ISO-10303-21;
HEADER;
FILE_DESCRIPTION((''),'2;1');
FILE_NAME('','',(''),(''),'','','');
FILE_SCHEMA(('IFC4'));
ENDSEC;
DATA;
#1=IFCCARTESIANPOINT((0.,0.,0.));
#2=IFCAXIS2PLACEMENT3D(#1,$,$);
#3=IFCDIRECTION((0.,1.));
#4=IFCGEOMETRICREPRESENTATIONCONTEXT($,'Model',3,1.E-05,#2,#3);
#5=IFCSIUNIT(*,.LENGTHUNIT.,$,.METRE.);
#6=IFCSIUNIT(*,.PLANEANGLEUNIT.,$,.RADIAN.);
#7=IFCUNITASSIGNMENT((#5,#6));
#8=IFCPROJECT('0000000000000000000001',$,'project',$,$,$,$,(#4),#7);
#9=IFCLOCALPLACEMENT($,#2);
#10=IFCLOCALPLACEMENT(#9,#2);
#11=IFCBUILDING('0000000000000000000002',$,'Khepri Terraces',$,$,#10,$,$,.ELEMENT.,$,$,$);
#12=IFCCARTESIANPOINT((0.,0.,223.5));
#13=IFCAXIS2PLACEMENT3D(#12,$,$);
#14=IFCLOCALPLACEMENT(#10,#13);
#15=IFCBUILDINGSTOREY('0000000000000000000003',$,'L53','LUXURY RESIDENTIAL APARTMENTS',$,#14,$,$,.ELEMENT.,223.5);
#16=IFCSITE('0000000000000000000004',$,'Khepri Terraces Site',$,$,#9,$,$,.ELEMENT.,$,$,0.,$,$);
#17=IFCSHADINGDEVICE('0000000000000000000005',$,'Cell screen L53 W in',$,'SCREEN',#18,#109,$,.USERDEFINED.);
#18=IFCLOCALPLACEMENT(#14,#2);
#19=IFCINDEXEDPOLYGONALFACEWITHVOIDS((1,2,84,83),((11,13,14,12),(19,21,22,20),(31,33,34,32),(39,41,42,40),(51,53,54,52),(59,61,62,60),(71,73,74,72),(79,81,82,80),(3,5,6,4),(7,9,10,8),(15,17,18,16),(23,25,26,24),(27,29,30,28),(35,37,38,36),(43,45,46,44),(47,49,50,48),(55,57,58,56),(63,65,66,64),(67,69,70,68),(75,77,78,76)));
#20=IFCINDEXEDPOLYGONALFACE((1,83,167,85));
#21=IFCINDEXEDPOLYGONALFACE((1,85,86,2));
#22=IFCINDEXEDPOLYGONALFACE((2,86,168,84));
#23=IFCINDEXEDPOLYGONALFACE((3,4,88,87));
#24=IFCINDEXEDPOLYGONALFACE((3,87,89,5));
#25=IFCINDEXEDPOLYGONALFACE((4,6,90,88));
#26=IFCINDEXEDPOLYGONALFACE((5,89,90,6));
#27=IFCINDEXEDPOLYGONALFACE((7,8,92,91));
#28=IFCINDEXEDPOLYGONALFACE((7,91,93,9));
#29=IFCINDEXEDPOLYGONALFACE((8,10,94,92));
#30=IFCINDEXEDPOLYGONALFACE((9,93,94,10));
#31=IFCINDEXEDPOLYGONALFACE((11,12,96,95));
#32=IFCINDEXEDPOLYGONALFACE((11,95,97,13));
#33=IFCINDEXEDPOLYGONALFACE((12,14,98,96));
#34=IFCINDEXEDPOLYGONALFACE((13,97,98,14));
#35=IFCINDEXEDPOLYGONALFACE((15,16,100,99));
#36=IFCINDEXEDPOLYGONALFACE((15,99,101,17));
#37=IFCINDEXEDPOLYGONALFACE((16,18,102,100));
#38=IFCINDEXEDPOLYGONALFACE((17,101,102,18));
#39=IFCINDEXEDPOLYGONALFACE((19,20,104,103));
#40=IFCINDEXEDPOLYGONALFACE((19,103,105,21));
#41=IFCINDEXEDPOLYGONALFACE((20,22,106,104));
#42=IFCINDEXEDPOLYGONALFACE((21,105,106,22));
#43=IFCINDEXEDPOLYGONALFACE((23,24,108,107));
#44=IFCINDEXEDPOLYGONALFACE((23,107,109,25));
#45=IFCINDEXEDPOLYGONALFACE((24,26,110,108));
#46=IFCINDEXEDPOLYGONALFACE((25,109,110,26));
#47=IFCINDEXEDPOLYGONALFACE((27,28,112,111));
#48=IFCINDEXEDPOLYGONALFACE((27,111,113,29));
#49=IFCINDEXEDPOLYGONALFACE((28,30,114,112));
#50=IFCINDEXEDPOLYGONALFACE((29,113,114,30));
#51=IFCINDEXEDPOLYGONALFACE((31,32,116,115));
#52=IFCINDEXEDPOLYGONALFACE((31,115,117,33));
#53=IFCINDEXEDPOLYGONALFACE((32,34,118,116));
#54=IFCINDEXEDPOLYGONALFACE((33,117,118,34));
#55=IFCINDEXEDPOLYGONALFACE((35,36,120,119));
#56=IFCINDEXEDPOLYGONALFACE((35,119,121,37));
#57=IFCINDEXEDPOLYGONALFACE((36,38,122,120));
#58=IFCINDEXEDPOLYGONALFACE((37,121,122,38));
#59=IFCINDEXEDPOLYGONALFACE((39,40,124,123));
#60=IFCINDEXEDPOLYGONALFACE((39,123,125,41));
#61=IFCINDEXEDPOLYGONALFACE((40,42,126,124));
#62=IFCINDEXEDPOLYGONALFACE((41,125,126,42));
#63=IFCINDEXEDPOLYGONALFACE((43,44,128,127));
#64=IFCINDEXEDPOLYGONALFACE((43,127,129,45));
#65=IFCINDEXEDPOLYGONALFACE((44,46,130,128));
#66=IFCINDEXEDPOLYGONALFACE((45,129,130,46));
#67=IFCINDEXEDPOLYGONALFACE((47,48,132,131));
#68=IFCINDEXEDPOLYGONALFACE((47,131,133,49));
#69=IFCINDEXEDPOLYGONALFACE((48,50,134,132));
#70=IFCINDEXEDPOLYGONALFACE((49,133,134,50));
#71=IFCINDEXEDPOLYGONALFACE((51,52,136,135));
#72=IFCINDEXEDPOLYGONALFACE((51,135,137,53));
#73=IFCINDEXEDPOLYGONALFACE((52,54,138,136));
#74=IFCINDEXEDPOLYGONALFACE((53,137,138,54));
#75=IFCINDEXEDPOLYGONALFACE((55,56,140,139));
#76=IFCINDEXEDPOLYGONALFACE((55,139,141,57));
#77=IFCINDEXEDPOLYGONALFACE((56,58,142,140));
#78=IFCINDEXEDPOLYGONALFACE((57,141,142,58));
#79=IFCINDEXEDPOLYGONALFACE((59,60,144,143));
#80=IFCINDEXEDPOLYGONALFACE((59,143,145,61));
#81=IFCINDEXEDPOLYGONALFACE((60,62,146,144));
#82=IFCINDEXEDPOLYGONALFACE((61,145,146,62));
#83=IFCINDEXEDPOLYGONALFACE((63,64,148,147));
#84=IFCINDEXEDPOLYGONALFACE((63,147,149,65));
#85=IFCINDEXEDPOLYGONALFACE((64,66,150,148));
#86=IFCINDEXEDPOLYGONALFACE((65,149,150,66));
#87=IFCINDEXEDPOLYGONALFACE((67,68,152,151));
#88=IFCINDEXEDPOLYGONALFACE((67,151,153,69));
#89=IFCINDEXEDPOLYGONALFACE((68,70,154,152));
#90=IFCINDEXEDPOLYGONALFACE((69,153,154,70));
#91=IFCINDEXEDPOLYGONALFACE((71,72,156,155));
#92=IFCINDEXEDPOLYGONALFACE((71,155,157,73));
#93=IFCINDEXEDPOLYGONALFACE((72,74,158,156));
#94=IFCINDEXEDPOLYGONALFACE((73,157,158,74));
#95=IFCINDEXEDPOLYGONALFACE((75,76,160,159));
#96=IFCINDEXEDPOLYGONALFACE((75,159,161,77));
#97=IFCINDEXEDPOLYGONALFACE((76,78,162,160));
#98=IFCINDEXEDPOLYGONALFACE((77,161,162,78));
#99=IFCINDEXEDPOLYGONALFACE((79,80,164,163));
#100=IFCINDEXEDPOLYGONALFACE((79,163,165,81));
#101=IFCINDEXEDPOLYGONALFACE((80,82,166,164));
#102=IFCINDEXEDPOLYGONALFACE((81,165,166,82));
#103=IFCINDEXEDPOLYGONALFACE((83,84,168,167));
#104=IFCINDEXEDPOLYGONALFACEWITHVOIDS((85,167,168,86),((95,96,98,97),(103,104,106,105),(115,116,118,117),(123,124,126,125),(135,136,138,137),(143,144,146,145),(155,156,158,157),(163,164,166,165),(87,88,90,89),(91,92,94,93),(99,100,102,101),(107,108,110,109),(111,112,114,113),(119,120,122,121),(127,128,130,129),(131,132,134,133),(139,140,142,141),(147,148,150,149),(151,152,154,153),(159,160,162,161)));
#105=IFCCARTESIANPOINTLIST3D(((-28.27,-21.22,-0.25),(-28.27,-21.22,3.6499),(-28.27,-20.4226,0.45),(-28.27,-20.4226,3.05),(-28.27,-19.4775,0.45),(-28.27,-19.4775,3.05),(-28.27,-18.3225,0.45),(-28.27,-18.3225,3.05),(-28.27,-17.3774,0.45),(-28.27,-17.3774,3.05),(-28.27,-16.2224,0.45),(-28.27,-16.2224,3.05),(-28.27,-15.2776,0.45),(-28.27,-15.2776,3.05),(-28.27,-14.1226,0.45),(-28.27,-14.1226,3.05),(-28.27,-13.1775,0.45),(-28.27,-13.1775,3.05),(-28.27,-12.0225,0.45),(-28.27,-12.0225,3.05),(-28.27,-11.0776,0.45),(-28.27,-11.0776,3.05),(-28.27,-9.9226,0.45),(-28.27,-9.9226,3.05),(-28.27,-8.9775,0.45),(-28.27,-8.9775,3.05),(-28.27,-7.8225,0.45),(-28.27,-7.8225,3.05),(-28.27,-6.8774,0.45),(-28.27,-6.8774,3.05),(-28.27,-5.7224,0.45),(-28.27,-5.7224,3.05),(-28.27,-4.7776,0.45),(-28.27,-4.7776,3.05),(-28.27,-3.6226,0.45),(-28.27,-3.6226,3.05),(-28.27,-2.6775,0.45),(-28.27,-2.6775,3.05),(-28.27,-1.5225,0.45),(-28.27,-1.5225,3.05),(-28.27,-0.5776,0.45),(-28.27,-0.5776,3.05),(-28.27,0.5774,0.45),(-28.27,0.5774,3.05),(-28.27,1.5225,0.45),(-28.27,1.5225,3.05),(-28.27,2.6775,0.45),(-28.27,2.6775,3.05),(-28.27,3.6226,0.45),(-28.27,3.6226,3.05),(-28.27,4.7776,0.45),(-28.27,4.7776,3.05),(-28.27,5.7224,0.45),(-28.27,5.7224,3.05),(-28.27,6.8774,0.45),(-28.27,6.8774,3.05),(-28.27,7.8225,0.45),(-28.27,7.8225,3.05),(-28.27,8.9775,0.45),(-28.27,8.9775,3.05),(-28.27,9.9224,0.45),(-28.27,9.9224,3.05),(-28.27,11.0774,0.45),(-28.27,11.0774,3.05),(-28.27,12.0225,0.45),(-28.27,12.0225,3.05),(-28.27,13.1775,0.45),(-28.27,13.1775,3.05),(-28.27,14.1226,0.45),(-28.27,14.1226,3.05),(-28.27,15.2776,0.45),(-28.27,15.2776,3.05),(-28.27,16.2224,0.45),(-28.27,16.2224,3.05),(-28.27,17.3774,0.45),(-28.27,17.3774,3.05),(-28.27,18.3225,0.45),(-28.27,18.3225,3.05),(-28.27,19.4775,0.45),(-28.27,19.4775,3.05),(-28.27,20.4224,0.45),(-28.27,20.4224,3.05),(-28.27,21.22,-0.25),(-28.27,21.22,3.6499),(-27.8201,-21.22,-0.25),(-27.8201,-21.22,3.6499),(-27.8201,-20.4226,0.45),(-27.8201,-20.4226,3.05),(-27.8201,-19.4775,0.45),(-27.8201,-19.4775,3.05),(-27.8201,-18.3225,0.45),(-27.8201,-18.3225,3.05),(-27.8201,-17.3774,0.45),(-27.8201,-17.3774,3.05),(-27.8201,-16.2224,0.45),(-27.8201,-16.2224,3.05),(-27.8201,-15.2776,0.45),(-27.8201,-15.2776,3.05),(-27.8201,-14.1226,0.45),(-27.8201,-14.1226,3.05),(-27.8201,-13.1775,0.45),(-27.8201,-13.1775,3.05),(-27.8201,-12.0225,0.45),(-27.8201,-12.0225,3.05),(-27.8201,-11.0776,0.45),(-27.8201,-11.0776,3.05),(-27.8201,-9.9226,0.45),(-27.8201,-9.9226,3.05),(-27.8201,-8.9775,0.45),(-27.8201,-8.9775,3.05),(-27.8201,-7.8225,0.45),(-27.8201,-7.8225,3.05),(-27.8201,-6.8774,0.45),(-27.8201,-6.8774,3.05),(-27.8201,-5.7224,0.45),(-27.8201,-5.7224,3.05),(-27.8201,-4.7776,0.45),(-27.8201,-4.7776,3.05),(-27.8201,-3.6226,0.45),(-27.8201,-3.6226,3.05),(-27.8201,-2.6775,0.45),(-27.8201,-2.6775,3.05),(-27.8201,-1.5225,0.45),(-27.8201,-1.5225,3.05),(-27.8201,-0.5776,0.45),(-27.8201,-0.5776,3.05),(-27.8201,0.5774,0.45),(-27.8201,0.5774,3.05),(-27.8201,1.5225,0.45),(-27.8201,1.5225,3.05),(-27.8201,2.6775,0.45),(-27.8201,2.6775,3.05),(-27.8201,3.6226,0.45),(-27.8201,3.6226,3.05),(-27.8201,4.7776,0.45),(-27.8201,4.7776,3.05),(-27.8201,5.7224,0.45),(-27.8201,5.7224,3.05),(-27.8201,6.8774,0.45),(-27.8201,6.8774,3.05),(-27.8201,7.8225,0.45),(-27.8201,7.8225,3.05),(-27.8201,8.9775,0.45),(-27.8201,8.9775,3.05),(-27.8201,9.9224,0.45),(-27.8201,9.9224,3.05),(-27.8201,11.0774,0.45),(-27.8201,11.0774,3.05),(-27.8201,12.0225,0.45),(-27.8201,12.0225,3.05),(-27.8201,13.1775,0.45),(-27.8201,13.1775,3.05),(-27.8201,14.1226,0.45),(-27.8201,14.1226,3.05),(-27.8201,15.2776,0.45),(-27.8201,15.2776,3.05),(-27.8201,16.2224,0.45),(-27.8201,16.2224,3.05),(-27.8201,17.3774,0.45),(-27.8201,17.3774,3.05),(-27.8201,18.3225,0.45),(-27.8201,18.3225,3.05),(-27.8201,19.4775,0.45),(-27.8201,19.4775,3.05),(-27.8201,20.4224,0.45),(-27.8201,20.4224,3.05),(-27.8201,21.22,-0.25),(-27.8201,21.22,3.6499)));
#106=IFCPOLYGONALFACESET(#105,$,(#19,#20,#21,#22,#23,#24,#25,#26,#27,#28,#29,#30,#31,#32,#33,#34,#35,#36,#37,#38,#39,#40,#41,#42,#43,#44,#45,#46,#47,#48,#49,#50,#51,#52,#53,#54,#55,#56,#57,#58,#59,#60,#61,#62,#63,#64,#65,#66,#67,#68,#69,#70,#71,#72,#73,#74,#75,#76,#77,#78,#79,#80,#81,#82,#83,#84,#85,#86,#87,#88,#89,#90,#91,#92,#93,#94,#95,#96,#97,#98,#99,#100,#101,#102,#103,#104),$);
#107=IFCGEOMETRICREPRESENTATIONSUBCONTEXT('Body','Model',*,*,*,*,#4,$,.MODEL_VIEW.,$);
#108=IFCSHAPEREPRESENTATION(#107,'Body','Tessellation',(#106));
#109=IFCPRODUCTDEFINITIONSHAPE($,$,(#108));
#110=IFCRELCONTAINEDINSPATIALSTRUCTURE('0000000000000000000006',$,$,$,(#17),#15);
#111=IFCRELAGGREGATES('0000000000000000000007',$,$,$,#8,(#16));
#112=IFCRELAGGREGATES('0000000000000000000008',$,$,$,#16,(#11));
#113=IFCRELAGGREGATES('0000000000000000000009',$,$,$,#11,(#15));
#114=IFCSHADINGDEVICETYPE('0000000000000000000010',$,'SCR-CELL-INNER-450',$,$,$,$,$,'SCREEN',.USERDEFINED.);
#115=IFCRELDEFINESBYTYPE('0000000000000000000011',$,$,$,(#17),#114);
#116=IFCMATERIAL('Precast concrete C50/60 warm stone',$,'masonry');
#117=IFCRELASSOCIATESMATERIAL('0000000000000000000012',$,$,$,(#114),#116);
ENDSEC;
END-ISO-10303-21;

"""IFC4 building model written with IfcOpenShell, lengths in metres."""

from ifc_helpers import new_model, si_unit, direction, frame, origin, place, context, subcontext, project, spatial, polyline, outline, extrude, material, type_object, element, save


model = new_model("IFC4")

# Units and contexts
model_context = context("Model", 3, precision=1e-05, world=origin(), true_north=direction((0.0, 1.0)))
body_context = subcontext(model_context, "Body", "Model", "MODEL_VIEW")
ifc_project = project(units=[si_unit("LENGTHUNIT", "METRE"), si_unit("PLANEANGLEUNIT", "RADIAN")], contexts=[model_context])

# Site, building, storey
site_placement = place(None, origin())
site = spatial("IfcSite", under=ifc_project, at=site_placement, Name="Khepri Terraces Site", CompositionType="ELEMENT", RefElevation=0.0)
building_placement = place(site_placement, origin())
building = spatial("IfcBuilding", under=site, at=building_placement, Name="Khepri Terraces", CompositionType="ELEMENT")
storey_placement = place(building_placement, frame((0.0, 0.0, 223.5)))
storey = spatial("IfcBuildingStorey", under=building, at=storey_placement, Name="L53", Description="LUXURY RESIDENTIAL APARTMENTS", CompositionType="ELEMENT", Elevation=223.5)

# Shared definitions
ifc_material_1 = material(Name="Precast concrete C50/60 warm stone", Category="masonry")

# Shading device
shading_device_type_1 = type_object("IfcShadingDeviceType", Name="SCR-CELL-INNER-450", ElementType="SCREEN", PredefinedType="USERDEFINED", material=ifc_material_1)
shading_device_1_placement = place(storey_placement, frame((-27.8201, 21.22, -0.25), z_axis=(-1.0, 0.0, 0.0), x_axis=(0.0, -1.0, 0.0)))
element("IfcShadingDevice", 1, at=shading_device_1_placement, inside=storey, type_object=shading_device_type_1, Name="Cell screen L53 W in", ObjectType="SCREEN", PredefinedType="USERDEFINED", context=body_context, shape_type="SweptSolid", body=[
    extrude(outline(polyline([(0.0, 0.0), (42.4399, 0.0), (42.4399, 3.8999), (0.0, 3.8999), (0.0, 0.0)]), holes=[polyline([(0.7976, 0.7), (1.7424, 0.7), (1.7424, 3.3), (0.7976, 3.3), (0.7976, 0.7)]), polyline([(2.8975, 0.7), (3.8425, 0.7), (3.8425, 3.3), (2.8975, 3.3), (2.8975, 0.7)]), polyline([(4.9976, 0.7), (5.9424, 0.7), (5.9424, 3.3), (4.9976, 3.3), (4.9976, 0.7)]), polyline([(7.0974, 0.7), (8.0425, 0.7), (8.0425, 3.3), (7.0974, 3.3), (7.0974, 0.7)]), polyline([(9.1975, 0.7), (10.1426, 0.7), (10.1426, 3.3), (9.1975, 3.3), (9.1975, 0.7)]), polyline([(11.2976, 0.7), (12.2424, 0.7), (12.2424, 3.3), (11.2976, 3.3), (11.2976, 0.7)]), polyline([(13.3975, 0.7), (14.3425, 0.7), (14.3425, 3.3), (13.3975, 3.3), (13.3975, 0.7)]), polyline([(15.4976, 0.7), (16.4424, 0.7), (16.4424, 3.3), (15.4976, 3.3), (15.4976, 0.7)]), polyline([(17.5974, 0.7), (18.5425, 0.7), (18.5425, 3.3), (17.5974, 3.3), (17.5974, 0.7)]), polyline([(19.6975, 0.7), (20.6426, 0.7), (20.6426, 3.3), (19.6975, 3.3), (19.6975, 0.7)]), polyline([(21.7976, 0.7), (22.7424, 0.7), (22.7424, 3.3), (21.7976, 3.3), (21.7976, 0.7)]), polyline([(23.8975, 0.7), (24.8425, 0.7), (24.8425, 3.3), (23.8975, 3.3), (23.8975, 0.7)]), polyline([(25.9976, 0.7), (26.9424, 0.7), (26.9424, 3.3), (25.9976, 3.3), (25.9976, 0.7)]), polyline([(28.0974, 0.7), (29.0425, 0.7), (29.0425, 3.3), (28.0974, 3.3), (28.0974, 0.7)]), polyline([(30.1975, 0.7), (31.1426, 0.7), (31.1426, 3.3), (30.1975, 3.3), (30.1975, 0.7)]), polyline([(32.2976, 0.7), (33.2424, 0.7), (33.2424, 3.3), (32.2976, 3.3), (32.2976, 0.7)]), polyline([(34.3975, 0.7), (35.3425, 0.7), (35.3425, 3.3), (34.3975, 3.3), (34.3975, 0.7)]), polyline([(36.4976, 0.7), (37.4424, 0.7), (37.4424, 3.3), (36.4976, 3.3), (36.4976, 0.7)]), polyline([(38.5974, 0.7), (39.5425, 0.7), (39.5425, 3.3), (38.5974, 3.3), (38.5974, 0.7)]), polyline([(40.6975, 0.7), (41.6426, 0.7), (41.6426, 3.3), (40.6975, 3.3), (40.6975, 0.7)])]), origin(), (0.0, 0.0, 1.0), 0.45),
])

save(model, "model.ifc")
